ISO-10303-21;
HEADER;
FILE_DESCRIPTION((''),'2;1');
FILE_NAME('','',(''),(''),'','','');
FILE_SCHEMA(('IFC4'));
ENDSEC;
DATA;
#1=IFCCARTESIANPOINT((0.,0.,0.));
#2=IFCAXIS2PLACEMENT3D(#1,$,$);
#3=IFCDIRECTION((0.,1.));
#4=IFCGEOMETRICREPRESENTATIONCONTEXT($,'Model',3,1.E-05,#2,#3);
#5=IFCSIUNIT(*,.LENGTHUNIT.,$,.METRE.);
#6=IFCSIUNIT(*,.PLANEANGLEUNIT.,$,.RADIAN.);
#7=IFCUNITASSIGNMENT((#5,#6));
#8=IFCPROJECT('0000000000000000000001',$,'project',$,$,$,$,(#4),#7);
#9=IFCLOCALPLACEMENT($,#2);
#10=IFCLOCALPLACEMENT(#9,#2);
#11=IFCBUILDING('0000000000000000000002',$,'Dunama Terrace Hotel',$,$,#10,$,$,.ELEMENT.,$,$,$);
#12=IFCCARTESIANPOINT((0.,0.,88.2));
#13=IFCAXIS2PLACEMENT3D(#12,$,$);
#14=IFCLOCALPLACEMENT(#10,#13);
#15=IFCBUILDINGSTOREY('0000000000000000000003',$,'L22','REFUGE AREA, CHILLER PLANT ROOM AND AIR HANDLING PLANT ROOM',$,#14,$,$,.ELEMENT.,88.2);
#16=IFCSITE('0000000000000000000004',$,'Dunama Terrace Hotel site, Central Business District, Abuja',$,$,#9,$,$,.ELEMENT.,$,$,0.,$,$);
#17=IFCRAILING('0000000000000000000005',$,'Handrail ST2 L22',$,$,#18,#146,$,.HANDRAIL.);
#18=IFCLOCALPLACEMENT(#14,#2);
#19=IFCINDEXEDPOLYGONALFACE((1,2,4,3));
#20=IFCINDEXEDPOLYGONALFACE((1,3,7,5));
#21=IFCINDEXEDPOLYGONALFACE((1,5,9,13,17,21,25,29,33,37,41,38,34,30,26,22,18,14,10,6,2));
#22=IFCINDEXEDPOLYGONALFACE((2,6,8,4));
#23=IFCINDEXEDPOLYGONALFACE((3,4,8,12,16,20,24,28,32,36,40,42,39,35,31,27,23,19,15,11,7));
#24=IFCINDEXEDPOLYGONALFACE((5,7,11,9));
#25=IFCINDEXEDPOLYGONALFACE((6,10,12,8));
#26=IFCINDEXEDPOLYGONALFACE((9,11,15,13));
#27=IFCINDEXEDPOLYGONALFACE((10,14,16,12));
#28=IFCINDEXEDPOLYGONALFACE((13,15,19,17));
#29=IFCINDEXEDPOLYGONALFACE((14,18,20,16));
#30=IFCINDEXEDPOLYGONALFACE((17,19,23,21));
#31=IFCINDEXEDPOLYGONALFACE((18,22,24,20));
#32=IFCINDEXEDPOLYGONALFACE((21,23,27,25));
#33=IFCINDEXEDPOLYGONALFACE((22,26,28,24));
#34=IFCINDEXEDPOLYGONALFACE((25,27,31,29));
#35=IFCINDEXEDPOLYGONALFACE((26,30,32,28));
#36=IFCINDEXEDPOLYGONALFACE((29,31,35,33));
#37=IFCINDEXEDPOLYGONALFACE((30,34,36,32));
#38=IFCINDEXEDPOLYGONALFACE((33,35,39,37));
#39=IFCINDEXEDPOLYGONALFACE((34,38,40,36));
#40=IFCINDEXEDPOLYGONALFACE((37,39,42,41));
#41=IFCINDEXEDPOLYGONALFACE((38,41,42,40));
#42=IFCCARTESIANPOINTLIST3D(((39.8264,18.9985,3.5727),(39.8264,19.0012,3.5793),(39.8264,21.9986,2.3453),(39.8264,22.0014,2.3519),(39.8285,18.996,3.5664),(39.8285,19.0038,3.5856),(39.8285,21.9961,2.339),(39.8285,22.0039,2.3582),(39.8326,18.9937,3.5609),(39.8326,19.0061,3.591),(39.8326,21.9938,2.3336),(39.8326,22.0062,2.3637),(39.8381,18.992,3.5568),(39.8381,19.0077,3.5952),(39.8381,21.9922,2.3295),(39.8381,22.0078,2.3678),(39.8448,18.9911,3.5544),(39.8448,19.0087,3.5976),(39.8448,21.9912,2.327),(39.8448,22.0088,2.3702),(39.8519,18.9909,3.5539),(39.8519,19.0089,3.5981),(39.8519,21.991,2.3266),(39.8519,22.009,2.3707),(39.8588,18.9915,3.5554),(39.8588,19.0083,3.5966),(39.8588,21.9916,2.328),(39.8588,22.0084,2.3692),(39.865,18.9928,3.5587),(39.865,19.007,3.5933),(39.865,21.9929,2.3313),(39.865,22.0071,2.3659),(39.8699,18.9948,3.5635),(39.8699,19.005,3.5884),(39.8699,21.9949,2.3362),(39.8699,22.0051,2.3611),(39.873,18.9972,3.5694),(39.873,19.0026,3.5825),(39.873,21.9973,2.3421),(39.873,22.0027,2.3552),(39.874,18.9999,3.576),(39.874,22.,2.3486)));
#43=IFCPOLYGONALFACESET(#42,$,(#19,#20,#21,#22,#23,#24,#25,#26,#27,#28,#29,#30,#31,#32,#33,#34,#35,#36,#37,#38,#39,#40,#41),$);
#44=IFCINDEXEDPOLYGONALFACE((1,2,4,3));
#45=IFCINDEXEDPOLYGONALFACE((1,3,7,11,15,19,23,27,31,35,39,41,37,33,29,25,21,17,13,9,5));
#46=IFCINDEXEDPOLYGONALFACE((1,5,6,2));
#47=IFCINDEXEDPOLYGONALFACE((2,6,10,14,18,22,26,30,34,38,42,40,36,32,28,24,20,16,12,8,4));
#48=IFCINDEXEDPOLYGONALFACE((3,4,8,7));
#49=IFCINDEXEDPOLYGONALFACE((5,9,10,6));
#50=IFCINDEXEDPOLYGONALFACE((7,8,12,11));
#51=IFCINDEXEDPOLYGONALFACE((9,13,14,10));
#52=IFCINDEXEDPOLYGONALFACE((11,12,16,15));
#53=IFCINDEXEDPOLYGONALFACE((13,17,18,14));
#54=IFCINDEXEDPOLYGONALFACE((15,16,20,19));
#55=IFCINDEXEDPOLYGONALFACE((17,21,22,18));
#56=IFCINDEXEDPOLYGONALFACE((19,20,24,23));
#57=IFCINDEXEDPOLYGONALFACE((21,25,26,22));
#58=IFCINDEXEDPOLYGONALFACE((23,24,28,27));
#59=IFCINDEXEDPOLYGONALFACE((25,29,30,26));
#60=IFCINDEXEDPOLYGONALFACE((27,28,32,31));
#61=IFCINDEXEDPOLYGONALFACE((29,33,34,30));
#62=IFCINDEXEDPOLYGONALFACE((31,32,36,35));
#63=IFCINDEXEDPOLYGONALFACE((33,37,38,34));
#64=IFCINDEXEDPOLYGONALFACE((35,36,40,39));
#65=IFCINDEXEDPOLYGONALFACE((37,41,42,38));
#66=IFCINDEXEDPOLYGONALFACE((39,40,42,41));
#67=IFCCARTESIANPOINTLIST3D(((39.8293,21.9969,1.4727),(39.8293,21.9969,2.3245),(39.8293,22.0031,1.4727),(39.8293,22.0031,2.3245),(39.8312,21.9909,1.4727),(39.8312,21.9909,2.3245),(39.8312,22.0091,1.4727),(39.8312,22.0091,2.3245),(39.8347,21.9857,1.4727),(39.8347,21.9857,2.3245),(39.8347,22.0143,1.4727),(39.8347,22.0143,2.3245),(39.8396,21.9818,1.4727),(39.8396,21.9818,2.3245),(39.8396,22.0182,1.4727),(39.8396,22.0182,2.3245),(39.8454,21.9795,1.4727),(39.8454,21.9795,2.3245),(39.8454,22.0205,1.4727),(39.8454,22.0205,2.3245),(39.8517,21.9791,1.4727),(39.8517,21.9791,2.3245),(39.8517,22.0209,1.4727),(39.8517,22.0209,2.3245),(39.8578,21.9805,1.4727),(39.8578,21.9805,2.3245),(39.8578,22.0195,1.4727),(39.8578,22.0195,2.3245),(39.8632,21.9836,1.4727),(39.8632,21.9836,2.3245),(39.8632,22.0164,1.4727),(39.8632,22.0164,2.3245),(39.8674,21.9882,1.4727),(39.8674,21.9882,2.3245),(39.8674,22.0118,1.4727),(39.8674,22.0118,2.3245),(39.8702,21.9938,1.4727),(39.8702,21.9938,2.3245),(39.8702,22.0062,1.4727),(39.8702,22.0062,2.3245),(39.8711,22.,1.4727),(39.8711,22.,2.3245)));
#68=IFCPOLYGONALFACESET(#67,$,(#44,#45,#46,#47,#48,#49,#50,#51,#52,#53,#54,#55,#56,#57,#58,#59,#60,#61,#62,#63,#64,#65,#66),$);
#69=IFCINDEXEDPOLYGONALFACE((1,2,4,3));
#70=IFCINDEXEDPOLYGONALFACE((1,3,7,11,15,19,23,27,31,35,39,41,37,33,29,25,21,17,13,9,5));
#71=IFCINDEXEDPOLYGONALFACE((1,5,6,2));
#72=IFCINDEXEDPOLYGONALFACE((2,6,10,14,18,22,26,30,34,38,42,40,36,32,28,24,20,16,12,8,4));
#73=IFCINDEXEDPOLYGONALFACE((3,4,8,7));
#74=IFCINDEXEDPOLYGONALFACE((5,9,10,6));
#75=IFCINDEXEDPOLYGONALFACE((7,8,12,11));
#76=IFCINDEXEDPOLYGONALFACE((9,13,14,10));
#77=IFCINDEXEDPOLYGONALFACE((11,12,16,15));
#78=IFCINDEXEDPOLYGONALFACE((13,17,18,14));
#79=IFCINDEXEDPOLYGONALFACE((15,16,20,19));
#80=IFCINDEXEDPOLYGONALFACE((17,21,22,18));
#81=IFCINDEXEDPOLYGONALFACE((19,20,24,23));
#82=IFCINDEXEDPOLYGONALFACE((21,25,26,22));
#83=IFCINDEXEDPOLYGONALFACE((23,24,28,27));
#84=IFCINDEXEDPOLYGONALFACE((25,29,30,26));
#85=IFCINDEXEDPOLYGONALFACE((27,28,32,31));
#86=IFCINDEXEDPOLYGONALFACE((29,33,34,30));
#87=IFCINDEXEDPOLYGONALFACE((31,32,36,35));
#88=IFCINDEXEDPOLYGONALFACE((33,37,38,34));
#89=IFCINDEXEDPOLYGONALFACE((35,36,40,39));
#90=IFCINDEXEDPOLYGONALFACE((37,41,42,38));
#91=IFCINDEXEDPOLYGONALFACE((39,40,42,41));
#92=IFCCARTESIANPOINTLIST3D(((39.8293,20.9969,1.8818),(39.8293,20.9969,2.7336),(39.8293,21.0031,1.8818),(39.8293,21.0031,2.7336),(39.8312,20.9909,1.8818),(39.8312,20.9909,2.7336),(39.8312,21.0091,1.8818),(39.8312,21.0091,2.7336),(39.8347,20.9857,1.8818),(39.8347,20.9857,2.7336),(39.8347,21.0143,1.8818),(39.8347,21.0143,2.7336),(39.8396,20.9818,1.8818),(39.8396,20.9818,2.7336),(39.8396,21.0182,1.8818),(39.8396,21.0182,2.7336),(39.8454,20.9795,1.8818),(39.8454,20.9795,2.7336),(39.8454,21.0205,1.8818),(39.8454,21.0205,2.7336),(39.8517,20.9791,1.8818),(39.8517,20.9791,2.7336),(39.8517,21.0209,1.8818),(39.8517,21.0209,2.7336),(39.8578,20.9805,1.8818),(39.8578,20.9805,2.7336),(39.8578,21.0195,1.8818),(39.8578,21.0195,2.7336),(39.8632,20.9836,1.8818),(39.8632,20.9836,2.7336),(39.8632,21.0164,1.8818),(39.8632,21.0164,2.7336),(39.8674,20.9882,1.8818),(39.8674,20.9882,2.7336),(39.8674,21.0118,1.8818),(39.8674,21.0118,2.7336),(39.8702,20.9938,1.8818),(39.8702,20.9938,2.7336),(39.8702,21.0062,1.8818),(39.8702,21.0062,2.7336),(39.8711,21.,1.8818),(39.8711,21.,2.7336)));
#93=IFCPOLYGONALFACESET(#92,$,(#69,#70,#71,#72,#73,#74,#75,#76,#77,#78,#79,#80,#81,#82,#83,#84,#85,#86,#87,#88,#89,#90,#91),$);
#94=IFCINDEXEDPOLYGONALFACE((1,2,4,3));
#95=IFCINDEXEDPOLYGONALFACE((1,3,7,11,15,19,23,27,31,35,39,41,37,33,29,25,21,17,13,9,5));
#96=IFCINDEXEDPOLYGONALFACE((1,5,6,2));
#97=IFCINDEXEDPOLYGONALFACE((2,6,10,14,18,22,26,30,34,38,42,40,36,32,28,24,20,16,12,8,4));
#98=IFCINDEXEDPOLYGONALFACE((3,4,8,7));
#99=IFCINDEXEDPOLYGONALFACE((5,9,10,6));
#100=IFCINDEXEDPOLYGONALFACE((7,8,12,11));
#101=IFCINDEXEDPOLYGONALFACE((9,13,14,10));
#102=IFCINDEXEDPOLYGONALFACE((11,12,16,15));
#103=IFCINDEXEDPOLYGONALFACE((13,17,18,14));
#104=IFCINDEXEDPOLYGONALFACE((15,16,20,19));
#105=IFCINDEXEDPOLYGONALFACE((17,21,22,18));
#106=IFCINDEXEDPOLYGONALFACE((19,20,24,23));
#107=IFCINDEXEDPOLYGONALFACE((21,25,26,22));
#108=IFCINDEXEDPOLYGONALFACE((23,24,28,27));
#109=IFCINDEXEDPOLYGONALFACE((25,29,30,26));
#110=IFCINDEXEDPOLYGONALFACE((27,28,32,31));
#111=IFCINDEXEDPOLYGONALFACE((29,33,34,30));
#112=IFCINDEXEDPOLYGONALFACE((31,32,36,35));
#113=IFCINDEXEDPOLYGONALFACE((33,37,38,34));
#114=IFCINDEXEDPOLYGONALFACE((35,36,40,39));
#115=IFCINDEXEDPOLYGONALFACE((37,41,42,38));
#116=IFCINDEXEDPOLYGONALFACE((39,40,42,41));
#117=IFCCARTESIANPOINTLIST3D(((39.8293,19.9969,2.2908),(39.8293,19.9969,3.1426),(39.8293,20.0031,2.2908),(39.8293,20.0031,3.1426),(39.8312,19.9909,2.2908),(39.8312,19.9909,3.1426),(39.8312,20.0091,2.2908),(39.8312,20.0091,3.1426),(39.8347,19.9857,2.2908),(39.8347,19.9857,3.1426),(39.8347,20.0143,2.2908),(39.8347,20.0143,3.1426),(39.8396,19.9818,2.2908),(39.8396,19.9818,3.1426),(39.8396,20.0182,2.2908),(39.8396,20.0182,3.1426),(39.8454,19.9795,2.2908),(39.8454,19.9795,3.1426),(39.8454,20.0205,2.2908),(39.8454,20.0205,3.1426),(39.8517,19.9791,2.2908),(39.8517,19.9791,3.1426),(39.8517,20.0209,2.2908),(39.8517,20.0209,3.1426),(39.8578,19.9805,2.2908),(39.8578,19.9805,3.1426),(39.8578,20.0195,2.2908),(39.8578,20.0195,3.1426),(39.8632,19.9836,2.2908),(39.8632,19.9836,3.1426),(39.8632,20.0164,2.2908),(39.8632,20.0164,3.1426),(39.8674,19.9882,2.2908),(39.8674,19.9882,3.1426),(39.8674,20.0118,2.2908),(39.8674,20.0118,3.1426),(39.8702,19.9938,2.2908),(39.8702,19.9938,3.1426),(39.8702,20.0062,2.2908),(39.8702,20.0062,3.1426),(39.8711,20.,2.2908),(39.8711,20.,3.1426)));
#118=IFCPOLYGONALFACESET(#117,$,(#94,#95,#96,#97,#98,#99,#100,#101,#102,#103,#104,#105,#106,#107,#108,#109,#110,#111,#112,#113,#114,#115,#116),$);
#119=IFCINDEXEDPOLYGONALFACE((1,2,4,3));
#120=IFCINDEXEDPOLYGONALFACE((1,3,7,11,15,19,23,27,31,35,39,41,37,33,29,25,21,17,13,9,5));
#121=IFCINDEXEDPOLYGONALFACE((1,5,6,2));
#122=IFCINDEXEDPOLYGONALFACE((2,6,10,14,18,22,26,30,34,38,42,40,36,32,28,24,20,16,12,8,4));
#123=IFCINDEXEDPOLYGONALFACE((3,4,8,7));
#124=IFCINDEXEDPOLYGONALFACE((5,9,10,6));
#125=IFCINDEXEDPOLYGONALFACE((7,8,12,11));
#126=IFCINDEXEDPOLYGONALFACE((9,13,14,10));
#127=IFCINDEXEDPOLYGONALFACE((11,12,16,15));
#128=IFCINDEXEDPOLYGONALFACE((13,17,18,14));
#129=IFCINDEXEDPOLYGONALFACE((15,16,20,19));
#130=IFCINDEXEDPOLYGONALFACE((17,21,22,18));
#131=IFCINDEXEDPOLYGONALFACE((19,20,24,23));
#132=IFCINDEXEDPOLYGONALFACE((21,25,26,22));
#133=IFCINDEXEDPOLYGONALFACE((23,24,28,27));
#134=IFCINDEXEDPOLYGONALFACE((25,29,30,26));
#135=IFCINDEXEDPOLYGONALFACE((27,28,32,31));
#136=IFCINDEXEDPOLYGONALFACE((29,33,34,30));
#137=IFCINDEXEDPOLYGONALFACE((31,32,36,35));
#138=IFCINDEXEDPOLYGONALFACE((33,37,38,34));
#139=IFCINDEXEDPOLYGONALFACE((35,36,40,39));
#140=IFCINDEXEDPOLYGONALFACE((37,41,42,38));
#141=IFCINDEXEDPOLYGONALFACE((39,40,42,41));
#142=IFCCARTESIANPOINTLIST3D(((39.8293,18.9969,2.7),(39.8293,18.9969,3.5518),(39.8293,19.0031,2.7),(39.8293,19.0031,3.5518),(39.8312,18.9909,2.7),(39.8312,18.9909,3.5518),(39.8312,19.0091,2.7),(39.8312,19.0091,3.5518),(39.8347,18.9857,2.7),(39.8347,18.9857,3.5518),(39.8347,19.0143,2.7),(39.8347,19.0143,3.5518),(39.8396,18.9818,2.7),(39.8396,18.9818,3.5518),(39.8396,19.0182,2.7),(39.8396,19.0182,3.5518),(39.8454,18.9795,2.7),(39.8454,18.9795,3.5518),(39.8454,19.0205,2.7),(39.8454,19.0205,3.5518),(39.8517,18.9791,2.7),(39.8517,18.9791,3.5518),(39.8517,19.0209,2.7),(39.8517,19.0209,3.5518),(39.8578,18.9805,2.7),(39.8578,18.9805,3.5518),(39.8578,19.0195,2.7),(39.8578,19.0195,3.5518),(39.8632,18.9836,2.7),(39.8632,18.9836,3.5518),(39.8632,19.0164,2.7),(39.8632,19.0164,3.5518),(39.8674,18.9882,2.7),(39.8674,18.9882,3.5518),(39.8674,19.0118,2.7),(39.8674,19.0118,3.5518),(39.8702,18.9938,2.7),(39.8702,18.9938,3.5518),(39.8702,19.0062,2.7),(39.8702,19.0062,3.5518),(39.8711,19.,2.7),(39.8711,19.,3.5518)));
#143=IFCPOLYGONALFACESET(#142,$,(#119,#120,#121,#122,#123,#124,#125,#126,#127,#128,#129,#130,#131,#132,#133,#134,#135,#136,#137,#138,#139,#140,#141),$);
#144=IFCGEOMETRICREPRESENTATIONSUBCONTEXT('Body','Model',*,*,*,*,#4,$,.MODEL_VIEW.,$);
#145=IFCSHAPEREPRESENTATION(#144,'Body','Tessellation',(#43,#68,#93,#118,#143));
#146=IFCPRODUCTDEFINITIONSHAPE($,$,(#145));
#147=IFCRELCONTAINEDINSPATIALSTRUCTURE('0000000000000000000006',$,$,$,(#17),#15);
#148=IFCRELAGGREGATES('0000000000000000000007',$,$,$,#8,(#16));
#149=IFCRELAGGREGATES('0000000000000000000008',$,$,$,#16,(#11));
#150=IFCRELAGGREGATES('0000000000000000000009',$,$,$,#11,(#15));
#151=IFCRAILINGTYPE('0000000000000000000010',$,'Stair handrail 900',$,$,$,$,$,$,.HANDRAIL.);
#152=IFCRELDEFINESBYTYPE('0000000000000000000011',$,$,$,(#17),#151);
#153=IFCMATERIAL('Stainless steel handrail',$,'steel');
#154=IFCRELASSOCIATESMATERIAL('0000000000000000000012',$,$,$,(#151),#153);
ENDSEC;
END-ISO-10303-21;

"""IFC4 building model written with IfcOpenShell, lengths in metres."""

from ifc_helpers import new_model, si_unit, direction, frame, origin, origin_2d, place, context, subcontext, project, spatial, circle, extrude, material, type_object, element, save


model = new_model("IFC4")

# Units and contexts
model_context = context("Model", 3, precision=1e-05, world=origin(), true_north=direction((0.0, 1.0)))
body_context = subcontext(model_context, "Body", "Model", "MODEL_VIEW")
ifc_project = project(units=[si_unit("LENGTHUNIT", "METRE"), si_unit("PLANEANGLEUNIT", "RADIAN")], contexts=[model_context])

# Site, building, storey
site_placement = place(None, origin())
site = spatial("IfcSite", under=ifc_project, at=site_placement, Name="Dunama Terrace Hotel site, Central Business District, Abuja", CompositionType="ELEMENT", RefElevation=0.0)
building_placement = place(site_placement, origin())
building = spatial("IfcBuilding", under=site, at=building_placement, Name="Dunama Terrace Hotel", CompositionType="ELEMENT")
storey_placement = place(building_placement, frame((0.0, 0.0, 88.2)))
storey = spatial("IfcBuildingStorey", under=building, at=storey_placement, Name="L22", Description="REFUGE AREA, CHILLER PLANT ROOM AND AIR HANDLING PLANT ROOM", CompositionType="ELEMENT", Elevation=88.2)

# Railing
ifc_material_1 = material(Name="Stainless steel handrail", Category="steel")
railing_type = type_object("IfcRailingType", Name="Stair handrail 900", PredefinedType="HANDRAIL", material=ifc_material_1)
railing_1_placement = place(storey_placement, frame((39.8501, 22.0, 1.4727)))
element("IfcRailing", 1, at=railing_1_placement, inside=storey, type_object=railing_type, Name="Handrail ST2 L22", PredefinedType="HANDRAIL", context=body_context, shape_type="SweptSolid", body=[
    extrude(circle(Radius=0.0239, at=origin_2d()), frame((0.0, 0.0, 0.876), z_axis=(0.0, -0.925545, 0.378639), x_axis=(1.0, 0.0, 0.0)), (0.0, 0.0, 1.0), 3.2415),
    extrude(circle(Radius=0.021, at=origin_2d()), origin(), (0.0, 0.0, 1.0), 0.8518),
    extrude(circle(Radius=0.021, at=origin_2d()), frame((0.0, -1.0, 0.4092)), (0.0, 0.0, 1.0), 0.8518),
    extrude(circle(Radius=0.021, at=origin_2d()), frame((0.0, -2.0, 0.8181)), (0.0, 0.0, 1.0), 0.8518),
    extrude(circle(Radius=0.021, at=origin_2d()), frame((0.0, -3.0, 1.2273)), (0.0, 0.0, 1.0), 0.8518),
])

save(model, "model.ifc")
